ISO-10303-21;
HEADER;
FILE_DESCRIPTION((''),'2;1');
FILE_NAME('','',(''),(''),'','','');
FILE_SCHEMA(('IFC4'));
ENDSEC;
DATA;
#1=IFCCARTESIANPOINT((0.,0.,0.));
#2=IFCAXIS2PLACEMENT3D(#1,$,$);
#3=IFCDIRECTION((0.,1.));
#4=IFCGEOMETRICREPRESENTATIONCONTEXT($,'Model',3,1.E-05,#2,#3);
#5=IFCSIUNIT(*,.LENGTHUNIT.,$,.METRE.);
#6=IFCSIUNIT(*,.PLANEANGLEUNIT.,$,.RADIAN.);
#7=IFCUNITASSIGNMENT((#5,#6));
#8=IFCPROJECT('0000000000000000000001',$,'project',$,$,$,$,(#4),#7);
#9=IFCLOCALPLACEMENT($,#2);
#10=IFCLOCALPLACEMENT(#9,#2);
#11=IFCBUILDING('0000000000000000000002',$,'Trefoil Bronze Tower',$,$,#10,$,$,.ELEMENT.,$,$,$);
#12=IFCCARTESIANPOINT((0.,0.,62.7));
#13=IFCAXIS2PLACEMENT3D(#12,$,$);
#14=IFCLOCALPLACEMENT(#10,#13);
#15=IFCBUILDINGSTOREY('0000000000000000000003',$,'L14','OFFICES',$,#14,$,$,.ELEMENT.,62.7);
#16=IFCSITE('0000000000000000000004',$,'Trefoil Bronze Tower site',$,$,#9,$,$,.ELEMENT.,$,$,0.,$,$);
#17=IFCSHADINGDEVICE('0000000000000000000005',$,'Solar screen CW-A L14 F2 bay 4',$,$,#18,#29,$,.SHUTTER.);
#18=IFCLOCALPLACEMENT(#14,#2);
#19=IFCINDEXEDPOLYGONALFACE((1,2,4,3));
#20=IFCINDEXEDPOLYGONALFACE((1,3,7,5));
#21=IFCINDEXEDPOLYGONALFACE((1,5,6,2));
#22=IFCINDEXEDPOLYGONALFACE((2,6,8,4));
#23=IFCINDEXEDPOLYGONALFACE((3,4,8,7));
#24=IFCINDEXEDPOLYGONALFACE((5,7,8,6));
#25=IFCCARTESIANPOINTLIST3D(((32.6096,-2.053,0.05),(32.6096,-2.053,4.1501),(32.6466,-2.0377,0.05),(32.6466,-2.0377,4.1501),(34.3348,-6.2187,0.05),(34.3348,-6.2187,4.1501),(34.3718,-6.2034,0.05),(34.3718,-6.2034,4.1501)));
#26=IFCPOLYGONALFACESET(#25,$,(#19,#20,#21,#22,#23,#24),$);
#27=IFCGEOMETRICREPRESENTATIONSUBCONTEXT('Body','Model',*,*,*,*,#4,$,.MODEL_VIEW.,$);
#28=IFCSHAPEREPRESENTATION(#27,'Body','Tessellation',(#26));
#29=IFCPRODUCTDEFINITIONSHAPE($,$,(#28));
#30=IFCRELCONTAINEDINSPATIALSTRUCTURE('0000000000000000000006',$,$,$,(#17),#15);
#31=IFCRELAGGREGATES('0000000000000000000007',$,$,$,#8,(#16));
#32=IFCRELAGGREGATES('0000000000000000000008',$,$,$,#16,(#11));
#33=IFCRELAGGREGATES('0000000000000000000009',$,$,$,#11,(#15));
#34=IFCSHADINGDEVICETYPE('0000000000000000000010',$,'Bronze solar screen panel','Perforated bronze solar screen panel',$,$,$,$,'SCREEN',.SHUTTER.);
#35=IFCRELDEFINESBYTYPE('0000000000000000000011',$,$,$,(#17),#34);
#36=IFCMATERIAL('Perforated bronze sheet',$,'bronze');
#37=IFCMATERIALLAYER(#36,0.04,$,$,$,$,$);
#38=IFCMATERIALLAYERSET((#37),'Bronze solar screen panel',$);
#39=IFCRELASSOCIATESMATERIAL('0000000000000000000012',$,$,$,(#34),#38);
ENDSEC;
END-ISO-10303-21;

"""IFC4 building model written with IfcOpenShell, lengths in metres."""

from ifc_helpers import new_model, si_unit, direction, frame, origin, origin_2d, place, context, subcontext, project, spatial, rectangle, extrude, material, layer, layer_set, type_object, element, save


model = new_model("IFC4")

# Units and contexts
model_context = context("Model", 3, precision=1e-05, world=origin(), true_north=direction((0.0, 1.0)))
body_context = subcontext(model_context, "Body", "Model", "MODEL_VIEW")
ifc_project = project(units=[si_unit("LENGTHUNIT", "METRE"), si_unit("PLANEANGLEUNIT", "RADIAN")], contexts=[model_context])

# Site, building, storey
site_placement = place(None, origin())
site = spatial("IfcSite", under=ifc_project, at=site_placement, Name="Trefoil Bronze Tower site", CompositionType="ELEMENT", RefElevation=0.0)
building_placement = place(site_placement, origin())
building = spatial("IfcBuilding", under=site, at=building_placement, Name="Trefoil Bronze Tower", CompositionType="ELEMENT")
storey_placement = place(building_placement, frame((0.0, 0.0, 62.7)))
storey = spatial("IfcBuildingStorey", under=building, at=storey_placement, Name="L14", Description="OFFICES", CompositionType="ELEMENT", Elevation=62.7)

# Shading device
ifc_material_1 = material(Name="Perforated bronze sheet", Category="bronze")
ifc_layer_1 = layer(ifc_material_1, 0.04)
ifc_layer_set_1 = layer_set([ifc_layer_1], Name="Bronze solar screen panel")
shading_device_type = type_object("IfcShadingDeviceType", Name="Bronze solar screen panel", Description="Perforated bronze solar screen panel", ElementType="SCREEN", PredefinedType="SHUTTER", material=ifc_layer_set_1)
shading_device_1_placement = place(storey_placement, frame((33.4907, -4.1282, 0.05), z_axis=(0.0, 0.0, 1.0), x_axis=(-0.38263, 0.923902, 0.0)))
element("IfcShadingDevice", 1, at=shading_device_1_placement, inside=storey, type_object=shading_device_type, Name="Solar screen CW-A L14 F2 bay 4", PredefinedType="SHUTTER", context=body_context, shape_type="SweptSolid", body=[
    extrude(rectangle(XDim=4.5088, YDim=0.04, at=origin_2d()), origin(), (0.0, 0.0, 1.0), 4.1001),
])

save(model, "model.ifc")
